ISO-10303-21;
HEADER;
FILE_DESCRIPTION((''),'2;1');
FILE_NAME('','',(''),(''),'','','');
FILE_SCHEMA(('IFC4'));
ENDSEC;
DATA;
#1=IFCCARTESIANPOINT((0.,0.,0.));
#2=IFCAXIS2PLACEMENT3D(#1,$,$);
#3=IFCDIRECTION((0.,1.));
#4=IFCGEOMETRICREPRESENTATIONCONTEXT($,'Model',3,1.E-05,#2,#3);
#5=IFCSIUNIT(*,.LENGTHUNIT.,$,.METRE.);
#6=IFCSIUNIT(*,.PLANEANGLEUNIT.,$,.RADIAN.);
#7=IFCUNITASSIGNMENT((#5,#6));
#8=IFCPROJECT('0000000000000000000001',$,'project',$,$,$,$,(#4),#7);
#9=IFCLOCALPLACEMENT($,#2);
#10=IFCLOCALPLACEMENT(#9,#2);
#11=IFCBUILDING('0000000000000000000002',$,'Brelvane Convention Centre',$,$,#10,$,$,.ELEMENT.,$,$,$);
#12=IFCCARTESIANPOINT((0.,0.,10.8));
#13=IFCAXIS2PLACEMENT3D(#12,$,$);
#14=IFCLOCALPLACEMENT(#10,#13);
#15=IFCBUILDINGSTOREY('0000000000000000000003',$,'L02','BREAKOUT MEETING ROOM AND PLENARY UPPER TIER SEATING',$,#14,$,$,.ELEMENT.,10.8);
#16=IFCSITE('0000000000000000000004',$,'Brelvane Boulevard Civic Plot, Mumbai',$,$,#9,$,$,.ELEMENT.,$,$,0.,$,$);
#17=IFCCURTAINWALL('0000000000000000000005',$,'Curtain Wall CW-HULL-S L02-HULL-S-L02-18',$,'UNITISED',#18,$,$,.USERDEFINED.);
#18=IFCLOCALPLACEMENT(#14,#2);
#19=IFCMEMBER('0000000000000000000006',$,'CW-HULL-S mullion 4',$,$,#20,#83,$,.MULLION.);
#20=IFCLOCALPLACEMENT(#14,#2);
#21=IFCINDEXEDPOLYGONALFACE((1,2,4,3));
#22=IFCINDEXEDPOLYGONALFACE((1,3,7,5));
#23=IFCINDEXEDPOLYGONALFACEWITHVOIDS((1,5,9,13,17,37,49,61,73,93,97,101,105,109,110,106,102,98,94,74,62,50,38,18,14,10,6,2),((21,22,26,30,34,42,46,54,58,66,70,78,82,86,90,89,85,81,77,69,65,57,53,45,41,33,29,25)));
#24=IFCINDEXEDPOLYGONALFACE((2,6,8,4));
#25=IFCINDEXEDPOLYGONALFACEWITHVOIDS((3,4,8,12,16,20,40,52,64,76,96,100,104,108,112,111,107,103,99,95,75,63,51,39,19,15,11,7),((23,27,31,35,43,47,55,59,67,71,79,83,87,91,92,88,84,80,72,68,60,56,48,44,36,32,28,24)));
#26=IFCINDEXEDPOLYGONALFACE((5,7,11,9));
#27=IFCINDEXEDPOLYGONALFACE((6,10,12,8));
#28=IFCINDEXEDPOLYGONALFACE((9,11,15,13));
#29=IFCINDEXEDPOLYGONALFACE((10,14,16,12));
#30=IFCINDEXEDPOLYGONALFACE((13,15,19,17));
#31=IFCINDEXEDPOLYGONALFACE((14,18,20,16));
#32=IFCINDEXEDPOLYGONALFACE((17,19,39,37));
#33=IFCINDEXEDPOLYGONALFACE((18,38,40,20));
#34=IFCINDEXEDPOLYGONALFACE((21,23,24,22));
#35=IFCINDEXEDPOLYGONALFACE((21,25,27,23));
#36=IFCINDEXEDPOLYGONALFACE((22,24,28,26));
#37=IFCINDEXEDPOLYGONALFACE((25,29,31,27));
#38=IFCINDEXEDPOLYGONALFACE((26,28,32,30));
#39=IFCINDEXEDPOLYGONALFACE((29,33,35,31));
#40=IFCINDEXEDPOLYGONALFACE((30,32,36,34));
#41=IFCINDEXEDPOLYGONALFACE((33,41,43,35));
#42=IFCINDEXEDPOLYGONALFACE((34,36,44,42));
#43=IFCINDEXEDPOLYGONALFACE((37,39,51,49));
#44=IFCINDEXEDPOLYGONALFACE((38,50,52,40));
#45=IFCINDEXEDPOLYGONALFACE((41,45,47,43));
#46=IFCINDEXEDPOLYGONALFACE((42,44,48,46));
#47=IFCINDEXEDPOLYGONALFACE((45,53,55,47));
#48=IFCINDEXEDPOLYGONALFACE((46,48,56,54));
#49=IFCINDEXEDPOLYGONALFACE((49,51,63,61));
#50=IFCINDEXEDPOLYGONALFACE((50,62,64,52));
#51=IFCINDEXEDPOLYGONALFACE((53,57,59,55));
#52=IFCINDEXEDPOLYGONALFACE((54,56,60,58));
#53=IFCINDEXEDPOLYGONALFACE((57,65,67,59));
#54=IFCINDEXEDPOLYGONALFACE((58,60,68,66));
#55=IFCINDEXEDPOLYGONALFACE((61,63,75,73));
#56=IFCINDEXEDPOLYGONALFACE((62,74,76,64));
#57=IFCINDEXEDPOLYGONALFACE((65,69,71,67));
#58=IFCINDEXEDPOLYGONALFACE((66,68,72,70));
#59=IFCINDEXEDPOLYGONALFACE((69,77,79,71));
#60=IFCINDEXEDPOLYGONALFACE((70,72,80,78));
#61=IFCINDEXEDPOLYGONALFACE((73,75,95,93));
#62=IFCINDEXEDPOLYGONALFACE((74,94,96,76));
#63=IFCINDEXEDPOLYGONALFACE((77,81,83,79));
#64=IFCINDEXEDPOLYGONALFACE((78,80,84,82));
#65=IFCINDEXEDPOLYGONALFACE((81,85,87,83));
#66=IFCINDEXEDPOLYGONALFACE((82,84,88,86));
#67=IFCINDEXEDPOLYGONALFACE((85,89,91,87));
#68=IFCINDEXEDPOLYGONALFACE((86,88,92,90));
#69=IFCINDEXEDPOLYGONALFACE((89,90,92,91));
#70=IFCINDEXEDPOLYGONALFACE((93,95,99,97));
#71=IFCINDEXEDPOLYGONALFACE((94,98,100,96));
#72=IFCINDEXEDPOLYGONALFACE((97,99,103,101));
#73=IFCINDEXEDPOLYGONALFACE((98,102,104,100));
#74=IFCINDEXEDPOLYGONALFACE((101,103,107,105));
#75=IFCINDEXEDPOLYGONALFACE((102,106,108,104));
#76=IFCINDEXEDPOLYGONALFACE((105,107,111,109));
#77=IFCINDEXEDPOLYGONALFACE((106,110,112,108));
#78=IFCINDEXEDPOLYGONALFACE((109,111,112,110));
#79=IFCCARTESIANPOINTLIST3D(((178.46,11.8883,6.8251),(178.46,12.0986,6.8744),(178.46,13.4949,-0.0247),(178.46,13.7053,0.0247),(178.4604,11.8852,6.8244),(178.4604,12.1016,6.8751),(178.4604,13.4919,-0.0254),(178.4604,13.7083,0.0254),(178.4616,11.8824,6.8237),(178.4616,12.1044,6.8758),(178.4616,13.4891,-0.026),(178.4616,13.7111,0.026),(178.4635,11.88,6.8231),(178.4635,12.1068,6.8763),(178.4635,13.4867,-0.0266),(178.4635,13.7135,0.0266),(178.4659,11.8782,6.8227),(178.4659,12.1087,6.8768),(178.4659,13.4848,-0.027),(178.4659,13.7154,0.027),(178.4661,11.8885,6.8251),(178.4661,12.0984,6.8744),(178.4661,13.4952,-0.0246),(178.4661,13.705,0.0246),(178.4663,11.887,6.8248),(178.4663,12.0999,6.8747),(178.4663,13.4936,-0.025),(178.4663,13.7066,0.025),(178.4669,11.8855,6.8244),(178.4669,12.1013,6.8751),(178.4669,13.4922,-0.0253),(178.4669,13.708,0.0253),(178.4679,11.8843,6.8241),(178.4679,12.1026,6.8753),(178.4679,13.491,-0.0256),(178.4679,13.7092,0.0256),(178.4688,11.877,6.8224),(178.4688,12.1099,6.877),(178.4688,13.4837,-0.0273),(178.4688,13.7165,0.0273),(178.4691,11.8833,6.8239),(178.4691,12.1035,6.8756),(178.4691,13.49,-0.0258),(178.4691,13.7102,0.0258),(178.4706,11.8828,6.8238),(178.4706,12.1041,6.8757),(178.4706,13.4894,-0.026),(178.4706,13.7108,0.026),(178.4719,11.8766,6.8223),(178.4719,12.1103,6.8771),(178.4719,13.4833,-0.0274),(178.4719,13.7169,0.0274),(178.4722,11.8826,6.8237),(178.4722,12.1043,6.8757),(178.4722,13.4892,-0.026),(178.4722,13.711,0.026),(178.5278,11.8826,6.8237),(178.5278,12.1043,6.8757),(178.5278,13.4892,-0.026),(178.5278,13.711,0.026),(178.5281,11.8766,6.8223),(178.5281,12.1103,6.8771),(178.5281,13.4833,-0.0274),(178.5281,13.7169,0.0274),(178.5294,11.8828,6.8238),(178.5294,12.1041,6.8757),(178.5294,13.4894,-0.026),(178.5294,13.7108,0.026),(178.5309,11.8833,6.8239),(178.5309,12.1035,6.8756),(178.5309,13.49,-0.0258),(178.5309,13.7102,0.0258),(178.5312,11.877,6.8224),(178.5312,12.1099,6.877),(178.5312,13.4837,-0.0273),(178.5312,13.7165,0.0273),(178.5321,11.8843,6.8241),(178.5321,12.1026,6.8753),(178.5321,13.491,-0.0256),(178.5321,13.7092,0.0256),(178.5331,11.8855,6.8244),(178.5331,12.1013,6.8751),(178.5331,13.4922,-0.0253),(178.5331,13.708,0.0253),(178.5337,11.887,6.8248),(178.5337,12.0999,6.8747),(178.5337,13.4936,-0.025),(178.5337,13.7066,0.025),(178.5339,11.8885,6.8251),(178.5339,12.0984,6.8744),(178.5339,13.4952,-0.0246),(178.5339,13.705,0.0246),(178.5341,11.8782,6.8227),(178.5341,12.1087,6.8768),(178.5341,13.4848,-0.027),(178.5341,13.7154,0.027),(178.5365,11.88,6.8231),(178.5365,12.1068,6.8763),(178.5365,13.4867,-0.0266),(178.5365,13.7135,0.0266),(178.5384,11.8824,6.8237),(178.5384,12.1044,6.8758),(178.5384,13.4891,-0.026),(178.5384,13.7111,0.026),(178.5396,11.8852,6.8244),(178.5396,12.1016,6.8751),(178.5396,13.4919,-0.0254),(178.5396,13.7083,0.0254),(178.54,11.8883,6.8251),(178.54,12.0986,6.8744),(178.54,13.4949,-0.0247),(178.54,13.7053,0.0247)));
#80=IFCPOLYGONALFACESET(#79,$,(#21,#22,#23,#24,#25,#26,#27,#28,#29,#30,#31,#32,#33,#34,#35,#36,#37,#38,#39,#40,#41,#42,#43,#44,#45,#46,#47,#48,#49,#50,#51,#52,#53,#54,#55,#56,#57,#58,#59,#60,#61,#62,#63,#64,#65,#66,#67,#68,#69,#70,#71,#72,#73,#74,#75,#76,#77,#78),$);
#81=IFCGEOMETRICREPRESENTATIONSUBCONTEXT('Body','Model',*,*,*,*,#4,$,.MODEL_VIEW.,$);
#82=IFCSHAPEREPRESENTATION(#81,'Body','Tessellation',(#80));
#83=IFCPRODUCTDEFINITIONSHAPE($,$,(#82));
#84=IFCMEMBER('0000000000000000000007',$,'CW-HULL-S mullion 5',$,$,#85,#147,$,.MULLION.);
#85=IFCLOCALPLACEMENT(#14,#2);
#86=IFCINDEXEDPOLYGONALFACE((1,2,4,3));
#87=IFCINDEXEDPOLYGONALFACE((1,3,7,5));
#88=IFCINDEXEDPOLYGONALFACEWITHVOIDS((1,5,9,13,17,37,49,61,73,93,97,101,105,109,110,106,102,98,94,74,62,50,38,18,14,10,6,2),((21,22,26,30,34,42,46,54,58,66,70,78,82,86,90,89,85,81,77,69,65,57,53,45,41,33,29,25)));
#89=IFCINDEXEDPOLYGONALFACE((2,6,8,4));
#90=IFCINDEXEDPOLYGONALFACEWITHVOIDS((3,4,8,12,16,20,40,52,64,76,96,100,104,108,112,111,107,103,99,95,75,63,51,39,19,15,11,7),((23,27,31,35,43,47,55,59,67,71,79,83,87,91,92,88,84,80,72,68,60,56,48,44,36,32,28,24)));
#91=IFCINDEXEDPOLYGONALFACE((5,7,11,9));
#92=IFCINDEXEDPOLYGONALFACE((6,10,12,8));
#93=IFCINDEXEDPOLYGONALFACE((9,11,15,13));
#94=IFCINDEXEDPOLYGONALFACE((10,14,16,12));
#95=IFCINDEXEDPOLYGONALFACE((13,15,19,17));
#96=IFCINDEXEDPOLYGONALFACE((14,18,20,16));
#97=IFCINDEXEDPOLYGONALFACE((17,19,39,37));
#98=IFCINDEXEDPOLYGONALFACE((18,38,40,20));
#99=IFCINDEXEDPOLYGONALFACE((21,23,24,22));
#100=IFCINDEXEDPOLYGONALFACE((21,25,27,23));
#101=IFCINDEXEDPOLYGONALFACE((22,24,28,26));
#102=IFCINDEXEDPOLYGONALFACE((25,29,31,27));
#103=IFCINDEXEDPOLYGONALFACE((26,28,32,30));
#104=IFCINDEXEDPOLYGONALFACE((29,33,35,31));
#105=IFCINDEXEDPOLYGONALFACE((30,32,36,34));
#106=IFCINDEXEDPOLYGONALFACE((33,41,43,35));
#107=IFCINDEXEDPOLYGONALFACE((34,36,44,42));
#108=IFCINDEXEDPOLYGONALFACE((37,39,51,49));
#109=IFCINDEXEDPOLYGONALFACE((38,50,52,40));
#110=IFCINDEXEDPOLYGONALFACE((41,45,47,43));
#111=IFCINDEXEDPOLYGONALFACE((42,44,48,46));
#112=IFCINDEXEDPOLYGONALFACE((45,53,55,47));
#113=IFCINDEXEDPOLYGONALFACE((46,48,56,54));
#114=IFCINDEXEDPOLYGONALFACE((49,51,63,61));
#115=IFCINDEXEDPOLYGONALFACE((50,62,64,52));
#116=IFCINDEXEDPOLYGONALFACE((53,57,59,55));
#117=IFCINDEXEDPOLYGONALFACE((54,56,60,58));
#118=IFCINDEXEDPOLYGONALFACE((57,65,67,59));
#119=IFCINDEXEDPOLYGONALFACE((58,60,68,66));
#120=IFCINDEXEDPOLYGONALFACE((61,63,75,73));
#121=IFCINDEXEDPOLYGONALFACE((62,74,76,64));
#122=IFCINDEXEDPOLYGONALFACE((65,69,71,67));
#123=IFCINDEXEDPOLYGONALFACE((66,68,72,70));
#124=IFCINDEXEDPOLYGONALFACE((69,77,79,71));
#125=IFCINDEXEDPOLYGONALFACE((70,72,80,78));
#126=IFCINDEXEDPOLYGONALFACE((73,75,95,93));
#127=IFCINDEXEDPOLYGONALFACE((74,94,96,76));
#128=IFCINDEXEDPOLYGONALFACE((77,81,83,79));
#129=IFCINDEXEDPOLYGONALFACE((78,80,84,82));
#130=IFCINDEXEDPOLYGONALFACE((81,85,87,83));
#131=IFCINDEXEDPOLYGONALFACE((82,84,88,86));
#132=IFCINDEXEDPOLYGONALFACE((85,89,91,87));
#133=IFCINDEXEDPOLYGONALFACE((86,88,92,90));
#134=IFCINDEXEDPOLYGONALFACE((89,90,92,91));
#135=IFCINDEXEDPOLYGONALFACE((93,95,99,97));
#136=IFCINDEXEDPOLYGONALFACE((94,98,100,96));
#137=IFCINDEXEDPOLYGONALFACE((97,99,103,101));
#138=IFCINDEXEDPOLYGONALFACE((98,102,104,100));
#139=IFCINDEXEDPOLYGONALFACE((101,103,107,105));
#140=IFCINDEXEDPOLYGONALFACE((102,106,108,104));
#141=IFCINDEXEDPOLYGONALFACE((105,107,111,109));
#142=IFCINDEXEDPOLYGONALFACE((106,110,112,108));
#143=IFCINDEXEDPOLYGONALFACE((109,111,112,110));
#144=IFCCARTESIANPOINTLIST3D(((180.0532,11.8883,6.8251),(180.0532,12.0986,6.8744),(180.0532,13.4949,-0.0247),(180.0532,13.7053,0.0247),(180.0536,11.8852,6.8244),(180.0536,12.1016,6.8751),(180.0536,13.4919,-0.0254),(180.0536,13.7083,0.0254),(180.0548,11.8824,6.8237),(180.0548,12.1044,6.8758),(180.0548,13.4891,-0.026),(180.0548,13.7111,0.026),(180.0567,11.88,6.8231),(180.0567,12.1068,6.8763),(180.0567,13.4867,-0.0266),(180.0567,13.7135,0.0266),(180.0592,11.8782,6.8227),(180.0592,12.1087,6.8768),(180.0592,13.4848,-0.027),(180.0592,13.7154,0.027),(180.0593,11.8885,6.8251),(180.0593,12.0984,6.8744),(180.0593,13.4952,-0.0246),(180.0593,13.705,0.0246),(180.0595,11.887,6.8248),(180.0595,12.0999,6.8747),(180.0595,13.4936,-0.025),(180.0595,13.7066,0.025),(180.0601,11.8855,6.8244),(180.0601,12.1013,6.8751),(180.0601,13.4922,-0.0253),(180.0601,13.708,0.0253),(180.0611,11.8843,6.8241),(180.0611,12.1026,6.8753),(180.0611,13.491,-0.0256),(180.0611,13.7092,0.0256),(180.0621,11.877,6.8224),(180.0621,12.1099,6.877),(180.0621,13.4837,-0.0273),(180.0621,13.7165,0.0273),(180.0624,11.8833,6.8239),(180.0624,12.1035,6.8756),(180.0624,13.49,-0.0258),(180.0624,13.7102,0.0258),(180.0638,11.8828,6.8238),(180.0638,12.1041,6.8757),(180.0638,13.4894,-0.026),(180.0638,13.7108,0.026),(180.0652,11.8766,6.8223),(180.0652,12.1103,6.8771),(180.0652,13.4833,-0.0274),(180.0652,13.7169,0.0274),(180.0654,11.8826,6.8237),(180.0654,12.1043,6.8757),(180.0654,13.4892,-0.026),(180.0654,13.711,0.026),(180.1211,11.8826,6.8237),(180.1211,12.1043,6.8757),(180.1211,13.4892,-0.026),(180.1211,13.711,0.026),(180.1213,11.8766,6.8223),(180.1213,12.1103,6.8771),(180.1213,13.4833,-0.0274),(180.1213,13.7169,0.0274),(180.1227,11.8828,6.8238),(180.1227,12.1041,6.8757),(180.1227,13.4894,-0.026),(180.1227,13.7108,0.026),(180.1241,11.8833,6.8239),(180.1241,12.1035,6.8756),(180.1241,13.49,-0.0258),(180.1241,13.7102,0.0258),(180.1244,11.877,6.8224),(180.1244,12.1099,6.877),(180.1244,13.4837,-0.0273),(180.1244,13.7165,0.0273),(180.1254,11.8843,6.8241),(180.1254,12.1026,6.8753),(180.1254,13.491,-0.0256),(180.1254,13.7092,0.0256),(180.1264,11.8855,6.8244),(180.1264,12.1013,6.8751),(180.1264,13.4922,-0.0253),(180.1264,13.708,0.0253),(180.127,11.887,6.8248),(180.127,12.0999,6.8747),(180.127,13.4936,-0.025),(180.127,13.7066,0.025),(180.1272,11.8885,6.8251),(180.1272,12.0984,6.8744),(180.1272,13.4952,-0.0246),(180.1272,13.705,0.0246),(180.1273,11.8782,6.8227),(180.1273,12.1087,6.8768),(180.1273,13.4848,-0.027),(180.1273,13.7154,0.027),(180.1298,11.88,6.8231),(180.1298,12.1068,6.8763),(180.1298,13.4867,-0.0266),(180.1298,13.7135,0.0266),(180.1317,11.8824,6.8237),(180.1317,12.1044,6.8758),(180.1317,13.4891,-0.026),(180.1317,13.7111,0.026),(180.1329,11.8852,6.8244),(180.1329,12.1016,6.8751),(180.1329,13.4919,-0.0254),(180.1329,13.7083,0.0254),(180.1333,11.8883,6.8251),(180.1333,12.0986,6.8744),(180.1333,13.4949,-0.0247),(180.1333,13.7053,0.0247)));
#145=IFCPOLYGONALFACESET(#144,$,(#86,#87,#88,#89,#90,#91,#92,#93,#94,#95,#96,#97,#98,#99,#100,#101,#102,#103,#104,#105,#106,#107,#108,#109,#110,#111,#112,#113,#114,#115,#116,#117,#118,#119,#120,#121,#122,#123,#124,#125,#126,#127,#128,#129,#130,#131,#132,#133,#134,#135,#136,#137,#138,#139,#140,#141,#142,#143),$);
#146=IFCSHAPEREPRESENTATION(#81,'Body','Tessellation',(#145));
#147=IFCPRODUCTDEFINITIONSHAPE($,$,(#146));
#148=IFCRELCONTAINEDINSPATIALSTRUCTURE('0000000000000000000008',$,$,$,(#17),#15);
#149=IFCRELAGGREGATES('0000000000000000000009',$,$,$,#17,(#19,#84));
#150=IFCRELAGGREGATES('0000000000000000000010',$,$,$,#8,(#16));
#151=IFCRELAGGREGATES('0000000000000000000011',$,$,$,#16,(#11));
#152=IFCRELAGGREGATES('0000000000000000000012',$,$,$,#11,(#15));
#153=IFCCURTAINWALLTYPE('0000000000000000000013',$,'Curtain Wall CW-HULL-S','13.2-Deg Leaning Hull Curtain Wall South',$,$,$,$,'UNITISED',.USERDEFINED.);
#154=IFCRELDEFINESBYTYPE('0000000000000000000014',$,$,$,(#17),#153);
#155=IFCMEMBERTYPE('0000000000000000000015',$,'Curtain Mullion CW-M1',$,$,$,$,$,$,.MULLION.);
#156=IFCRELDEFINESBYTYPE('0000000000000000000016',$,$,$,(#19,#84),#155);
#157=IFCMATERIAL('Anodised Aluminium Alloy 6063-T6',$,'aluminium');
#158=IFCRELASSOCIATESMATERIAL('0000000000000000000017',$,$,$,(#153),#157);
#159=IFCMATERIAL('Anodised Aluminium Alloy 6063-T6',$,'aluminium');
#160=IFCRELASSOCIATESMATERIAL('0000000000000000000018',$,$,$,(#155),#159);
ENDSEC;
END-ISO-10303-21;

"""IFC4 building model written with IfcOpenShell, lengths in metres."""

from ifc_helpers import new_model, si_unit, direction, frame, origin, origin_2d, place, context, subcontext, project, spatial, hollow_rectangle, extrude, material, material_profile, profile_set, type_object, element, aggregate, save


model = new_model("IFC4")

# Units and contexts
model_context = context("Model", 3, precision=1e-05, world=origin(), true_north=direction((0.0, 1.0)))
body_context = subcontext(model_context, "Body", "Model", "MODEL_VIEW")
ifc_project = project(units=[si_unit("LENGTHUNIT", "METRE"), si_unit("PLANEANGLEUNIT", "RADIAN")], contexts=[model_context])

# Site, building, storey
site_placement = place(None, origin())
site = spatial("IfcSite", under=ifc_project, at=site_placement, Name="Brelvane Boulevard Civic Plot, Mumbai", CompositionType="ELEMENT", RefElevation=0.0)
building_placement = place(site_placement, origin())
building = spatial("IfcBuilding", under=site, at=building_placement, Name="Brelvane Convention Centre", CompositionType="ELEMENT")
storey_placement = place(building_placement, frame((0.0, 0.0, 10.8)))
storey = spatial("IfcBuildingStorey", under=building, at=storey_placement, Name="L02", Description="BREAKOUT MEETING ROOM AND PLENARY UPPER TIER SEATING", CompositionType="ELEMENT", Elevation=10.8)

# Curtain wall, members
ifc_material_1 = material(Name="Anodised Aluminium Alloy 6063-T6", Category="aluminium")
curtain_wall_type = type_object("IfcCurtainWallType", Name="Curtain Wall CW-HULL-S", Description="13.2-Deg Leaning Hull Curtain Wall South", ElementType="UNITISED", PredefinedType="USERDEFINED", material=ifc_material_1)
ifc_material_2 = material(Name="Anodised Aluminium Alloy 6063-T6", Category="aluminium")
ifc_material_profile_1 = material_profile(ifc_material_2, hollow_rectangle(XDim=0.0801, YDim=0.24, WallThickness=0.0061, InnerFilletRadius=0.0061, OuterFilletRadius=0.012, at=origin_2d()), Name="ALU-M 240x80x6.0")
ifc_profile_set_1 = profile_set([ifc_material_profile_1], Name="Anodised Aluminium Alloy 6063-T6")
member_type_1 = type_object("IfcMemberType", Name="Curtain Mullion CW-M1", PredefinedType="MULLION", material=ifc_profile_set_1)
curtain_wall_1_placement = place(storey_placement, origin())
curtain_wall_1 = element("IfcCurtainWall", 1, at=curtain_wall_1_placement, inside=storey, type_object=curtain_wall_type, Name="Curtain Wall CW-HULL-S L02-HULL-S-L02-18", ObjectType="UNITISED", PredefinedType="USERDEFINED")
member_1_placement = place(storey_placement, frame((178.5, 13.6001, 0.0), z_axis=(0.0, -0.22836, 0.973577), x_axis=(1.0, 0.0, 0.0)))
member_1 = element("IfcMember", 2, at=member_1_placement, type_object=member_type_1, Name="CW-HULL-S mullion 4", PredefinedType="MULLION", context=body_context, shape_type="SweptSolid", body=[
    extrude(hollow_rectangle(XDim=0.0801, YDim=0.24, WallThickness=0.0061, InnerFilletRadius=0.0061, OuterFilletRadius=0.012, at=origin_2d()), origin(), (0.0, 0.0, 1.0), 7.0356),
])
member_2_placement = place(storey_placement, frame((180.0933, 13.6001, 0.0), z_axis=(0.0, -0.22836, 0.973577), x_axis=(1.0, 0.0, 0.0)))
member_2 = element("IfcMember", 3, at=member_2_placement, type_object=member_type_1, Name="CW-HULL-S mullion 5", PredefinedType="MULLION", context=body_context, shape_type="SweptSolid", body=[
    extrude(hollow_rectangle(XDim=0.0801, YDim=0.24, WallThickness=0.0061, InnerFilletRadius=0.0061, OuterFilletRadius=0.012, at=origin_2d()), origin(), (0.0, 0.0, 1.0), 7.0356),
])

aggregate(curtain_wall_1, [member_1, member_2])

save(model, "model.ifc")
